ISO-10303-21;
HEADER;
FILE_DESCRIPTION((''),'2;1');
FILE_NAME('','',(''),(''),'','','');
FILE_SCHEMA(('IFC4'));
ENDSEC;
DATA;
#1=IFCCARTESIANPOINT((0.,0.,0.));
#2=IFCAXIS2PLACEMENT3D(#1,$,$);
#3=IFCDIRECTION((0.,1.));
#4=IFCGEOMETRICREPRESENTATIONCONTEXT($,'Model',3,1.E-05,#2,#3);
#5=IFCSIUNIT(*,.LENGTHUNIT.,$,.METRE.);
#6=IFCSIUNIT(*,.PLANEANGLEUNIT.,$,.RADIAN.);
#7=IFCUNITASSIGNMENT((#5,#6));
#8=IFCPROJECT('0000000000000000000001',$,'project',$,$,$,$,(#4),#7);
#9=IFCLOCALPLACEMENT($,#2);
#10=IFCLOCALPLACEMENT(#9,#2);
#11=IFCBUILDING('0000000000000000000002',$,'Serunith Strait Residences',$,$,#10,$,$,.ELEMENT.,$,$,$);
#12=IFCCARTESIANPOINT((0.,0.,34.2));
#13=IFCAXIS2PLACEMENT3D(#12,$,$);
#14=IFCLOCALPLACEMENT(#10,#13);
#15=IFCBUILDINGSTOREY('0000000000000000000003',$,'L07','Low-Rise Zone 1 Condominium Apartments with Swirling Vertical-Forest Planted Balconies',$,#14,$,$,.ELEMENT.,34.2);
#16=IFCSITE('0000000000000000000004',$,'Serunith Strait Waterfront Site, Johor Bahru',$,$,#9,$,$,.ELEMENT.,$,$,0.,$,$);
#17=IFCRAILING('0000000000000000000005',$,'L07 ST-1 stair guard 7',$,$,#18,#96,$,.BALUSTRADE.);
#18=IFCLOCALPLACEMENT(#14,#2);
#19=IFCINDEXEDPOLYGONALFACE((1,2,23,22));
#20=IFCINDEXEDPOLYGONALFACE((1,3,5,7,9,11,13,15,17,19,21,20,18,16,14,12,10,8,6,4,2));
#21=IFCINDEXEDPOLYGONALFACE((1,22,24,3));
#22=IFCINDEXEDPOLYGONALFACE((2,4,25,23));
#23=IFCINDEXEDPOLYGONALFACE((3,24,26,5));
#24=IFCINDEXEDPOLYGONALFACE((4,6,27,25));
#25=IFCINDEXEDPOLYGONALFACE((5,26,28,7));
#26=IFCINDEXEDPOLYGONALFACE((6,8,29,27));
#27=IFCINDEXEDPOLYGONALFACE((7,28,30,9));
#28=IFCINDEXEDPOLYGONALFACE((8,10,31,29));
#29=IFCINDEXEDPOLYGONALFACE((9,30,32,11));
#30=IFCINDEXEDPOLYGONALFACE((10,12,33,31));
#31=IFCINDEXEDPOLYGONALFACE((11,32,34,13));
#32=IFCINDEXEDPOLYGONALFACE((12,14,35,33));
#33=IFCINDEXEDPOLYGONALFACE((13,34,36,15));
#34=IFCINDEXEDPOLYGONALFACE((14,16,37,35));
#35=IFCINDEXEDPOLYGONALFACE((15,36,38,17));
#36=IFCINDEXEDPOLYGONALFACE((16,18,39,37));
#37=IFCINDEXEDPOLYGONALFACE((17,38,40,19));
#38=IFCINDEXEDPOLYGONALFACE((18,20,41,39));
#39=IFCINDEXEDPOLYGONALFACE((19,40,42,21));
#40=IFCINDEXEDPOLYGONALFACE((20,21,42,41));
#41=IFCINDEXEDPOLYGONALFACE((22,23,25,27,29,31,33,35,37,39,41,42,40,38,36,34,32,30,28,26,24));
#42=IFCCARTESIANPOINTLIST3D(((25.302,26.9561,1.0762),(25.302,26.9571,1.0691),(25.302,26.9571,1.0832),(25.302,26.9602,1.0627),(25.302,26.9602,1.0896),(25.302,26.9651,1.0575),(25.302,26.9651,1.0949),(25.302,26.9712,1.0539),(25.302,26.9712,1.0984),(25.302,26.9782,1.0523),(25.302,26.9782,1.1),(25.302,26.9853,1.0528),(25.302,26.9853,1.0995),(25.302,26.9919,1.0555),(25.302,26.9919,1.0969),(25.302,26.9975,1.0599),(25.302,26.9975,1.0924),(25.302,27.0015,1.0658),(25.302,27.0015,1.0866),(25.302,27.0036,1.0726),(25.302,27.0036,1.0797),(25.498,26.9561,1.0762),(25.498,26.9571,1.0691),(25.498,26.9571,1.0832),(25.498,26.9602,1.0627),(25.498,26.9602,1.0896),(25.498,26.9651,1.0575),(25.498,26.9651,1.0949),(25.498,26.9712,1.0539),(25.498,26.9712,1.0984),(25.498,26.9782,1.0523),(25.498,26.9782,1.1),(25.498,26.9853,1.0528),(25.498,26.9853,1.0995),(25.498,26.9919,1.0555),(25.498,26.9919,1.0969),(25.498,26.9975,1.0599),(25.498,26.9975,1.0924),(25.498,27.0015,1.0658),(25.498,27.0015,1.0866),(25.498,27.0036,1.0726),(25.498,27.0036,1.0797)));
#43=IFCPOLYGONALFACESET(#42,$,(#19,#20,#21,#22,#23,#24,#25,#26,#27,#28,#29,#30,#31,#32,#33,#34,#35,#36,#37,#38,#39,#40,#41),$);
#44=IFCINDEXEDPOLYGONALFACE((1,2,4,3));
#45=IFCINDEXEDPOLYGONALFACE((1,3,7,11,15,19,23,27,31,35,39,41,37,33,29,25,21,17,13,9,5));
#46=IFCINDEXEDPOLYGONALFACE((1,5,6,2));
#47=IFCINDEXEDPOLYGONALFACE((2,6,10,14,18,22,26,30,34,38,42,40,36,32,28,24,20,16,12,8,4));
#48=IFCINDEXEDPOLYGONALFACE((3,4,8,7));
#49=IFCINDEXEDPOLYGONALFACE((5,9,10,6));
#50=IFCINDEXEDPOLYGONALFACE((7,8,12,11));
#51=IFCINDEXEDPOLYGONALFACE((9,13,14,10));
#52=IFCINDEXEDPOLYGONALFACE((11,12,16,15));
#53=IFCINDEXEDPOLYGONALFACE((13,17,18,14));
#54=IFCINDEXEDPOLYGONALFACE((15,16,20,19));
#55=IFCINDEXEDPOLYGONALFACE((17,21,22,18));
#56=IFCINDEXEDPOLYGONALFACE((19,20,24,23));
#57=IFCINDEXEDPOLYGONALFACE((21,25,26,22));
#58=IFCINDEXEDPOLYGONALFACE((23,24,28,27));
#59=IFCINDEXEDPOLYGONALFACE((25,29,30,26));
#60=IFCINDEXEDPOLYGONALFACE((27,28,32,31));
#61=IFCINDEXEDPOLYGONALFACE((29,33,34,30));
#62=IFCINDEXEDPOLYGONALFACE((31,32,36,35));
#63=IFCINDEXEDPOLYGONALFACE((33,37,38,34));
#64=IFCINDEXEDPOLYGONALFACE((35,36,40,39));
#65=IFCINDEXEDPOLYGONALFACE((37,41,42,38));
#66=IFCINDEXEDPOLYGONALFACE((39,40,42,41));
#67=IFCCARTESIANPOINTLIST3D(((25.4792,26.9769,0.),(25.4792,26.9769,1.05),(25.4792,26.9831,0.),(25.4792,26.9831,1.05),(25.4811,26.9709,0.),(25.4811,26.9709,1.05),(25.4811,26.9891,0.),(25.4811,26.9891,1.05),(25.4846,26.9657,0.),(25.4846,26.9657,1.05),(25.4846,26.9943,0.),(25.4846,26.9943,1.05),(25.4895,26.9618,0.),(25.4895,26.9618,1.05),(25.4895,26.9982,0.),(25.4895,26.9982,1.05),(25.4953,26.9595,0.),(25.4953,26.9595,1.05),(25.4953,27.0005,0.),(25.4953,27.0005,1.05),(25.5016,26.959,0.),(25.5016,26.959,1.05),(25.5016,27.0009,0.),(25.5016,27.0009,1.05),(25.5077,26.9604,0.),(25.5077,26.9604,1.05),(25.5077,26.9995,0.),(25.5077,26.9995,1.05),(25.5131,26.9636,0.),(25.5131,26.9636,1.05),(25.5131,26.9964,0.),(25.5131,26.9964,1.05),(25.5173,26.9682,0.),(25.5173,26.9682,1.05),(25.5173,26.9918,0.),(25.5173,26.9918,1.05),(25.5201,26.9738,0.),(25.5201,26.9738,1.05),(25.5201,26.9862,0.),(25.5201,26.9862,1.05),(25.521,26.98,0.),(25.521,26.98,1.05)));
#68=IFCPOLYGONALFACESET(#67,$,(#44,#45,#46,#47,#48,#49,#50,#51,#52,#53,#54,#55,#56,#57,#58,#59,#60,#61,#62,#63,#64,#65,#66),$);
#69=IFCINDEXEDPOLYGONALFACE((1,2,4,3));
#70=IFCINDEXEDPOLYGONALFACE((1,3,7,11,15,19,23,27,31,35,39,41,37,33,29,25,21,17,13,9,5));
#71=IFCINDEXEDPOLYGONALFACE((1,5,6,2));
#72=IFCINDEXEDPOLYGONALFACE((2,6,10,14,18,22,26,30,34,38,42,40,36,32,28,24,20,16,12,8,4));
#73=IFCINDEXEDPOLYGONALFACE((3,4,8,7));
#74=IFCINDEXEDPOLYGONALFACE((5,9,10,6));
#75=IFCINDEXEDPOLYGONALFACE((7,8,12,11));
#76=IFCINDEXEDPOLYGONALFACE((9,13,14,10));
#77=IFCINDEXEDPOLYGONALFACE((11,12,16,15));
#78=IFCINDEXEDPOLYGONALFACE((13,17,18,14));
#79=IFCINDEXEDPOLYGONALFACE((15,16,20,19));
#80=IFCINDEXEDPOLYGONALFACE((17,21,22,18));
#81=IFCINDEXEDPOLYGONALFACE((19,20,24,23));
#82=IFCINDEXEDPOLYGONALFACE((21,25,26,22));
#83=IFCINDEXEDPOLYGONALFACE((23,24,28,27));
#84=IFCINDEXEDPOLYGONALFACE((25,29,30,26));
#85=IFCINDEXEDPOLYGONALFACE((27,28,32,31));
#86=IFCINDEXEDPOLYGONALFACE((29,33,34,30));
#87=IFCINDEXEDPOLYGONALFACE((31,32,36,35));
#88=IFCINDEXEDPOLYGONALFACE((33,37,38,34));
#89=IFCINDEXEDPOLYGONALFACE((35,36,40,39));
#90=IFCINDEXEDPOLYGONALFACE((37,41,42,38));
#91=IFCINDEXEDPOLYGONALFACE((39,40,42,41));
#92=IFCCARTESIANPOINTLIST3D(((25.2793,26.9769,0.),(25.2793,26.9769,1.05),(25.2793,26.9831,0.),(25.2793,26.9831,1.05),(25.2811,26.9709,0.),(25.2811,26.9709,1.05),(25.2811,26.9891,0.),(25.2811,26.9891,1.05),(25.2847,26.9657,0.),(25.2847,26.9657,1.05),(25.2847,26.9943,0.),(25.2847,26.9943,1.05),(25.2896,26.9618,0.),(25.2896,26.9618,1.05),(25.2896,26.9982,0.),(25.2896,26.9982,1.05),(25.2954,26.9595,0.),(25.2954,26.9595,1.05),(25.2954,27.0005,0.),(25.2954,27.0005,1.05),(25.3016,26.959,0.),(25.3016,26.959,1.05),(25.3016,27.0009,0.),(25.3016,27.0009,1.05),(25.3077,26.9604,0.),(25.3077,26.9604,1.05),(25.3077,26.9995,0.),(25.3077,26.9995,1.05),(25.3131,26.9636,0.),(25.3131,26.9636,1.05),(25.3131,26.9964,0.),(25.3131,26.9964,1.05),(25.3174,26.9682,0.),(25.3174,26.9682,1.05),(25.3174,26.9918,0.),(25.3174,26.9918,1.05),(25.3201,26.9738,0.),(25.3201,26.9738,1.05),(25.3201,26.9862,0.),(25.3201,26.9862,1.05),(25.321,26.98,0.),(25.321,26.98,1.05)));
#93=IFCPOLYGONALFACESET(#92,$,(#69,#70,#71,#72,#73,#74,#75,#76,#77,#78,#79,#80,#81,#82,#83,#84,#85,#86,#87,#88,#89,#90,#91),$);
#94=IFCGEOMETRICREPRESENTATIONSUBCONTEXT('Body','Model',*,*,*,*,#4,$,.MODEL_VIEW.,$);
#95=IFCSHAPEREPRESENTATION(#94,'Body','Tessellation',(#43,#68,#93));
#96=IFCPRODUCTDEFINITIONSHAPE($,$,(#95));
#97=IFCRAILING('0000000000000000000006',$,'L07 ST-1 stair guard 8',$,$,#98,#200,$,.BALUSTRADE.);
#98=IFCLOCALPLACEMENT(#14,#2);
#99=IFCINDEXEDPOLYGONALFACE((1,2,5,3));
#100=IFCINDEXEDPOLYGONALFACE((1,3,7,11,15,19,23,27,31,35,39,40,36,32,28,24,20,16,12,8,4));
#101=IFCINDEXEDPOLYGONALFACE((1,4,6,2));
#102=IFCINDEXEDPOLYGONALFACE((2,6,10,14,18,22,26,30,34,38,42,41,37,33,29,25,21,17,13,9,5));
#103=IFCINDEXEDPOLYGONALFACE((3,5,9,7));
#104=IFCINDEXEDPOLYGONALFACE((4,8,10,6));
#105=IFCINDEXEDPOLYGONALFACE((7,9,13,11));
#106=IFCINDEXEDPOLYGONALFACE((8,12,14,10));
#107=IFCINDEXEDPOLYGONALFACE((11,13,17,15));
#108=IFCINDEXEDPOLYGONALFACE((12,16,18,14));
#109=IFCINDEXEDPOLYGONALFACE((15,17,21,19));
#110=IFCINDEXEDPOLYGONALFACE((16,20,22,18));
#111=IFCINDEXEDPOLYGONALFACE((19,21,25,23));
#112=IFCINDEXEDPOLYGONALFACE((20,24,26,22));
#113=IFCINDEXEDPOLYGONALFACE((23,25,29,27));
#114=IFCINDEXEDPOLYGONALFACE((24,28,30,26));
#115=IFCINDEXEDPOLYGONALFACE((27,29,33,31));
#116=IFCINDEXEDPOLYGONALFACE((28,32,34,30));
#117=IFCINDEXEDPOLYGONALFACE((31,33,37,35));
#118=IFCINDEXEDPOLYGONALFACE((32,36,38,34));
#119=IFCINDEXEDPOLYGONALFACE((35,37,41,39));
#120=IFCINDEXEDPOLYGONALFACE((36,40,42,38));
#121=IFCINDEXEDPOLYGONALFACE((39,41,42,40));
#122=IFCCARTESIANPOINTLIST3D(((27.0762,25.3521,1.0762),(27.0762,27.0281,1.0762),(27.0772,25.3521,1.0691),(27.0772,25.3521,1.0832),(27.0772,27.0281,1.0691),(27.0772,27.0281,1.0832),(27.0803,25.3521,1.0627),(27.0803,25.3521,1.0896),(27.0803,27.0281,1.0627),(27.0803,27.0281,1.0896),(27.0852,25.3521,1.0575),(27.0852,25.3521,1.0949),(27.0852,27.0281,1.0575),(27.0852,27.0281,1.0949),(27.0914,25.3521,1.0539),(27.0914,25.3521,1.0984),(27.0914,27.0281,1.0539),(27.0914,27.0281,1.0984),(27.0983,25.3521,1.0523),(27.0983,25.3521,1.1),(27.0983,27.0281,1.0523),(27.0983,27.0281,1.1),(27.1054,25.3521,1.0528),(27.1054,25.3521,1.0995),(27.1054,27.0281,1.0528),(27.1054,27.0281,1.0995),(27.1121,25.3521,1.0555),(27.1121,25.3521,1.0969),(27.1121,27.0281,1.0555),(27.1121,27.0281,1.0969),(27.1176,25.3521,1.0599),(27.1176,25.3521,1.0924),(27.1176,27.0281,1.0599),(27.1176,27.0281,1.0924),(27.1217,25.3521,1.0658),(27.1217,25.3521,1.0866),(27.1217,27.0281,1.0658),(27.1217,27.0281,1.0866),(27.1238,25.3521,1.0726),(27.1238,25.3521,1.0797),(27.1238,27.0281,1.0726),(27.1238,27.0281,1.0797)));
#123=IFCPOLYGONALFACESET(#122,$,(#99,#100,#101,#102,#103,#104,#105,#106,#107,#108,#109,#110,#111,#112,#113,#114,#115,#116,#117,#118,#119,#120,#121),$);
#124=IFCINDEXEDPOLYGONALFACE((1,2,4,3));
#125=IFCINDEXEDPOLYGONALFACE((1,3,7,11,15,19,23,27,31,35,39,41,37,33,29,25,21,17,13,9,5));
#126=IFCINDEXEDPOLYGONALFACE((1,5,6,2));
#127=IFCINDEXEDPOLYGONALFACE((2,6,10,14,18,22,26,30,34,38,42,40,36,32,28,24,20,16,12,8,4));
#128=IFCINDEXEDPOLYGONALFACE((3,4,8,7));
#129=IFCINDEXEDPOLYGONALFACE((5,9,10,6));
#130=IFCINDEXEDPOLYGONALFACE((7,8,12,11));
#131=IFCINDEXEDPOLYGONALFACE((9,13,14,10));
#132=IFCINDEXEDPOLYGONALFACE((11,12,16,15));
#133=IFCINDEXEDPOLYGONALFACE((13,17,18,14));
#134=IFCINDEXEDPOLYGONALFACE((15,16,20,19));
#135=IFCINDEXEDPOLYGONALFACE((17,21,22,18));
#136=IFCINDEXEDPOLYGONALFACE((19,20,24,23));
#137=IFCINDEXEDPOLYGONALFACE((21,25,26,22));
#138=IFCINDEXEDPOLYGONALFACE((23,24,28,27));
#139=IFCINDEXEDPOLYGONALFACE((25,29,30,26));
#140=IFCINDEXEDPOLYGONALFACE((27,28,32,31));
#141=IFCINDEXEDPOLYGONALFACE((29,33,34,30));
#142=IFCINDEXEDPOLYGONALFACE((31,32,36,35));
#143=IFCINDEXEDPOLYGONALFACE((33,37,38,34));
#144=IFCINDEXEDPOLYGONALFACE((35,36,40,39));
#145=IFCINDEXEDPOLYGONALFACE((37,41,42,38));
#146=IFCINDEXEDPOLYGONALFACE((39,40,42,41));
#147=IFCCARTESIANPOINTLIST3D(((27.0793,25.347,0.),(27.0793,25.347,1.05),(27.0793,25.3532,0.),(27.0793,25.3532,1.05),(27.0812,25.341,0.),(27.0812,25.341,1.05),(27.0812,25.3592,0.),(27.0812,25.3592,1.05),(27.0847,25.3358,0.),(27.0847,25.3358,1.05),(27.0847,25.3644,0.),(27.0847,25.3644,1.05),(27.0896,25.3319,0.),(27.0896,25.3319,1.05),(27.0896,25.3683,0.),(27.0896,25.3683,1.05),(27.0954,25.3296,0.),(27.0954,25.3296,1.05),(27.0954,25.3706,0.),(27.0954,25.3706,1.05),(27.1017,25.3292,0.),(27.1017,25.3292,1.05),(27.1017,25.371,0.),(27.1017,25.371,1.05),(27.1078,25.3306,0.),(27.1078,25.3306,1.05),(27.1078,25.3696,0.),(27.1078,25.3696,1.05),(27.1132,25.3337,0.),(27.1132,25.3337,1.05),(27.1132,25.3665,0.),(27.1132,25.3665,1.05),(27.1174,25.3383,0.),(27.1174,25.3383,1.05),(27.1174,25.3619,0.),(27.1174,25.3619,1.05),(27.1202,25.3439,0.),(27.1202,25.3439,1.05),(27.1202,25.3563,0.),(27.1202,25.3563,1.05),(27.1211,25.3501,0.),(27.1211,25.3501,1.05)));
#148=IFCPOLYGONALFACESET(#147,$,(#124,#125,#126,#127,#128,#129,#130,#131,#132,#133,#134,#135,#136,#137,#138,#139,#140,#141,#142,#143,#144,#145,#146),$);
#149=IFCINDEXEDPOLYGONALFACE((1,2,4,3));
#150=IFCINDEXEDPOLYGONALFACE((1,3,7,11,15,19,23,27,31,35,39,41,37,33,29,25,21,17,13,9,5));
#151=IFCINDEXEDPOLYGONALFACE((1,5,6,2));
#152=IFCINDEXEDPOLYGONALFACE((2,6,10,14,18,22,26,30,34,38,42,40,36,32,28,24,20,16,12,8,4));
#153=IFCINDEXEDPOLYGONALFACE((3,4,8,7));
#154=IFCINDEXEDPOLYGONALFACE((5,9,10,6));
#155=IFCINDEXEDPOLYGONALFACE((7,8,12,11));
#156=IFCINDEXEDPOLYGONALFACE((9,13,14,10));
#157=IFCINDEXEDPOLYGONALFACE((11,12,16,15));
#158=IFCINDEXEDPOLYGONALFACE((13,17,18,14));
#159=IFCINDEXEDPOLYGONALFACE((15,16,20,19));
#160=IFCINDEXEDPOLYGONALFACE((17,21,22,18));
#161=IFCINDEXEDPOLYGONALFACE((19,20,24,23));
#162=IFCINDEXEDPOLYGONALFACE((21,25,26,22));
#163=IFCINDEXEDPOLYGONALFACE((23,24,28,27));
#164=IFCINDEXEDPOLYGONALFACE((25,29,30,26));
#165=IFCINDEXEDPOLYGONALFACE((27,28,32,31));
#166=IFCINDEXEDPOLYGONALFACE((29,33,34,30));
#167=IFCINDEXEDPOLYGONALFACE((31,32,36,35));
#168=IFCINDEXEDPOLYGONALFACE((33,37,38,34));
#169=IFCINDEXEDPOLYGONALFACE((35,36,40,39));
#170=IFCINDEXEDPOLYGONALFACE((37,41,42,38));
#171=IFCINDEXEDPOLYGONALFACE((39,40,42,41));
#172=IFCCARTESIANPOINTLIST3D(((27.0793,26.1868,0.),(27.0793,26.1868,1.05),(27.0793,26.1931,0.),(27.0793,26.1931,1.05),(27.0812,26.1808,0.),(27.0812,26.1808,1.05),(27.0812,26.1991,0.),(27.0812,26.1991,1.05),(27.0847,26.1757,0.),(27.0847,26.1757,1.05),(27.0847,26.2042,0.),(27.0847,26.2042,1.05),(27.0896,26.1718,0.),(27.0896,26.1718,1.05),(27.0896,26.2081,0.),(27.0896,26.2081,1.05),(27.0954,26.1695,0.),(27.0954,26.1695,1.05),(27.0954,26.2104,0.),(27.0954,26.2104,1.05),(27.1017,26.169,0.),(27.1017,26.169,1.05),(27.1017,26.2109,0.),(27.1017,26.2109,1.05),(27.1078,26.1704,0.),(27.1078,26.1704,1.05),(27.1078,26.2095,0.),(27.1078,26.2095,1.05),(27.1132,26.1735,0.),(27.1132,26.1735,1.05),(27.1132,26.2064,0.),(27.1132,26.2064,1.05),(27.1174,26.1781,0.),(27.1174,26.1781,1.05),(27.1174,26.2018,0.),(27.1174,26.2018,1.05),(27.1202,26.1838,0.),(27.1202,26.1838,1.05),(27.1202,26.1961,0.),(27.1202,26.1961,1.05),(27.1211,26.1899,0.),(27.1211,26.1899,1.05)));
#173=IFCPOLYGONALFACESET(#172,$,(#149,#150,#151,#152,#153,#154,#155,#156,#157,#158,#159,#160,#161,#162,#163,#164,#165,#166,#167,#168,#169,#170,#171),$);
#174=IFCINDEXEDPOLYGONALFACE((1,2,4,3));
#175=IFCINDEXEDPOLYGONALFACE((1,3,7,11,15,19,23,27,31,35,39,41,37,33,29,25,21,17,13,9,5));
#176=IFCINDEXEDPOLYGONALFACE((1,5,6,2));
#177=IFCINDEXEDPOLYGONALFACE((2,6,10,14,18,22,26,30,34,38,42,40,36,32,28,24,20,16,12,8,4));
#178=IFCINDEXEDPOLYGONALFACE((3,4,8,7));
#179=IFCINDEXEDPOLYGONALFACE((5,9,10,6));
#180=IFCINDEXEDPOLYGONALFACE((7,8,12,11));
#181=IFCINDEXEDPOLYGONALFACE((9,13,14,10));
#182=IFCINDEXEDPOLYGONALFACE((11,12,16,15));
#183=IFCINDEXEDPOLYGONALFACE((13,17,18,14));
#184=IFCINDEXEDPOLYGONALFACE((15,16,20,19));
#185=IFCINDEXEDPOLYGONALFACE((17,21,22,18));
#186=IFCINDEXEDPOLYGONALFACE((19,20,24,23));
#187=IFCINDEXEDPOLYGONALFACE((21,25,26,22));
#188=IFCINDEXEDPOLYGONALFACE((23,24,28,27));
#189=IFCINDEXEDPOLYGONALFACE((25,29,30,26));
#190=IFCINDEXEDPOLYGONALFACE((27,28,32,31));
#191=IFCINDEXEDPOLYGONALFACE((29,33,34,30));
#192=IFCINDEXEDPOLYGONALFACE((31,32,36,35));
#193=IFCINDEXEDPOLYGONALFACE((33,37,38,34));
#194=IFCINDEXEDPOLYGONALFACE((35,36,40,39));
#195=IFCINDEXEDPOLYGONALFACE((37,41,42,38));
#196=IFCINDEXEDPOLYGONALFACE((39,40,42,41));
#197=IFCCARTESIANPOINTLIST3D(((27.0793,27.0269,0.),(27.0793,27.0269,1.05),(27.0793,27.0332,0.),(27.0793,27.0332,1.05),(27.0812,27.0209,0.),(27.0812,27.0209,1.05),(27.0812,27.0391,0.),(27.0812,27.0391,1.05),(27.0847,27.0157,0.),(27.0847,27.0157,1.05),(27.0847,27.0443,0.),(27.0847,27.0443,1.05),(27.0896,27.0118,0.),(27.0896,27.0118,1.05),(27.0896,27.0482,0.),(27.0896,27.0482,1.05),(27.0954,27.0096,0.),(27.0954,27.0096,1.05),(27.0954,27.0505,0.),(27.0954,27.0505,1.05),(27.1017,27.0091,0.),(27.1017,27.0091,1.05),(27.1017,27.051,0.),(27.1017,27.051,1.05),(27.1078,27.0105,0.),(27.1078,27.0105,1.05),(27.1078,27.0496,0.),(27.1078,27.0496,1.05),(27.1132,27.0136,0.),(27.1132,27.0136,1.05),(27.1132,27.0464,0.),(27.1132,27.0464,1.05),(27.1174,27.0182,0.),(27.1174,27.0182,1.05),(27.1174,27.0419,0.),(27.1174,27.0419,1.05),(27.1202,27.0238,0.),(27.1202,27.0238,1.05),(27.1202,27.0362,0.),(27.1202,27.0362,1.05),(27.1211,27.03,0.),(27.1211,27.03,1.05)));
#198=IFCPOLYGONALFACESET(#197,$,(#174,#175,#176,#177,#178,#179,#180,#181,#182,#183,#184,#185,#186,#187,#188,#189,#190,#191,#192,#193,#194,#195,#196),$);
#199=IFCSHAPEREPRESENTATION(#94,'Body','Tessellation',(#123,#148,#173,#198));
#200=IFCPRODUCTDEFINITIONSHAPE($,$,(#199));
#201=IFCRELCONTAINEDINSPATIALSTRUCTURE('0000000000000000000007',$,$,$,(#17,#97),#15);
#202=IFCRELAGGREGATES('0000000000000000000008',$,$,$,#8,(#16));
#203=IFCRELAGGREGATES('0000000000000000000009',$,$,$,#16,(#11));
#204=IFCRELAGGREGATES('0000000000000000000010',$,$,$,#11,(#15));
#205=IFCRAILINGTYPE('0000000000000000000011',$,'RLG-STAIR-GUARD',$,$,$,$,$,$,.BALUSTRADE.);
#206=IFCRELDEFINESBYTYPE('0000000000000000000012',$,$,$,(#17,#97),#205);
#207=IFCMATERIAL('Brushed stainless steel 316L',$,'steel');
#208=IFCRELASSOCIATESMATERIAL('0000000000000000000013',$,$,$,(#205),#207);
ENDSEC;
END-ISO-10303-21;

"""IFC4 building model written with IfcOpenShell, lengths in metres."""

from ifc_helpers import new_model, si_unit, direction, frame, origin, origin_2d, place, context, subcontext, project, spatial, circle, extrude, material, type_object, element, save


model = new_model("IFC4")

# Units and contexts
model_context = context("Model", 3, precision=1e-05, world=origin(), true_north=direction((0.0, 1.0)))
body_context = subcontext(model_context, "Body", "Model", "MODEL_VIEW")
ifc_project = project(units=[si_unit("LENGTHUNIT", "METRE"), si_unit("PLANEANGLEUNIT", "RADIAN")], contexts=[model_context])

# Site, building, storey
site_placement = place(None, origin())
site = spatial("IfcSite", under=ifc_project, at=site_placement, Name="Serunith Strait Waterfront Site, Johor Bahru", CompositionType="ELEMENT", RefElevation=0.0)
building_placement = place(site_placement, origin())
building = spatial("IfcBuilding", under=site, at=building_placement, Name="Serunith Strait Residences", CompositionType="ELEMENT")
storey_placement = place(building_placement, frame((0.0, 0.0, 34.2)))
storey = spatial("IfcBuildingStorey", under=building, at=storey_placement, Name="L07", Description="Low-Rise Zone 1 Condominium Apartments with Swirling Vertical-Forest Planted Balconies", CompositionType="ELEMENT", Elevation=34.2)

# Railings
ifc_material_1 = material(Name="Brushed stainless steel 316L", Category="steel")
railing_type_1 = type_object("IfcRailingType", Name="RLG-STAIR-GUARD", PredefinedType="BALUSTRADE", material=ifc_material_1)
railing_1_placement = place(storey_placement, frame((25.5, 26.98, 0.0)))
element("IfcRailing", 1, at=railing_1_placement, inside=storey, type_object=railing_type_1, Name="L07 ST-1 stair guard 7", PredefinedType="BALUSTRADE", context=body_context, shape_type="SweptSolid", body=[
    extrude(circle(Radius=0.0239, at=origin_2d()), frame((-0.002, 0.0, 1.0762), z_axis=(-1.0, 0.0, 0.0), x_axis=(0.0, -1.0, 0.0)), (0.0, 0.0, 1.0), 0.196),
    extrude(circle(Radius=0.021, at=origin_2d()), origin(), (0.0, 0.0, 1.0), 1.05),
    extrude(circle(Radius=0.021, at=origin_2d()), frame((-0.2, 0.0, 0.0)), (0.0, 0.0, 1.0), 1.05),
])
for number, where, name in (
    (2, (27.1001, 25.3501, 0.0), "L07 ST-1 stair guard 8"),
):
    element("IfcRailing", number, at=place(storey_placement, frame(where)), inside=storey, type_object=railing_type_1, Name=name, PredefinedType="BALUSTRADE", context=body_context, shape_type="SweptSolid", body=[
        extrude(circle(Radius=0.0239, at=origin_2d()), frame((0.0, 0.002, 1.0762), z_axis=(0.0, 1.0, 0.0), x_axis=(-1.0, 0.0, 0.0)), (0.0, 0.0, 1.0), 1.676),
        extrude(circle(Radius=0.021, at=origin_2d()), origin(), (0.0, 0.0, 1.0), 1.05),
        extrude(circle(Radius=0.021, at=origin_2d()), frame((0.0, 0.8398, 0.0)), (0.0, 0.0, 1.0), 1.05),
        extrude(circle(Radius=0.021, at=origin_2d()), frame((0.0, 1.6799, 0.0)), (0.0, 0.0, 1.0), 1.05),
    ])

save(model, "model.ifc")
